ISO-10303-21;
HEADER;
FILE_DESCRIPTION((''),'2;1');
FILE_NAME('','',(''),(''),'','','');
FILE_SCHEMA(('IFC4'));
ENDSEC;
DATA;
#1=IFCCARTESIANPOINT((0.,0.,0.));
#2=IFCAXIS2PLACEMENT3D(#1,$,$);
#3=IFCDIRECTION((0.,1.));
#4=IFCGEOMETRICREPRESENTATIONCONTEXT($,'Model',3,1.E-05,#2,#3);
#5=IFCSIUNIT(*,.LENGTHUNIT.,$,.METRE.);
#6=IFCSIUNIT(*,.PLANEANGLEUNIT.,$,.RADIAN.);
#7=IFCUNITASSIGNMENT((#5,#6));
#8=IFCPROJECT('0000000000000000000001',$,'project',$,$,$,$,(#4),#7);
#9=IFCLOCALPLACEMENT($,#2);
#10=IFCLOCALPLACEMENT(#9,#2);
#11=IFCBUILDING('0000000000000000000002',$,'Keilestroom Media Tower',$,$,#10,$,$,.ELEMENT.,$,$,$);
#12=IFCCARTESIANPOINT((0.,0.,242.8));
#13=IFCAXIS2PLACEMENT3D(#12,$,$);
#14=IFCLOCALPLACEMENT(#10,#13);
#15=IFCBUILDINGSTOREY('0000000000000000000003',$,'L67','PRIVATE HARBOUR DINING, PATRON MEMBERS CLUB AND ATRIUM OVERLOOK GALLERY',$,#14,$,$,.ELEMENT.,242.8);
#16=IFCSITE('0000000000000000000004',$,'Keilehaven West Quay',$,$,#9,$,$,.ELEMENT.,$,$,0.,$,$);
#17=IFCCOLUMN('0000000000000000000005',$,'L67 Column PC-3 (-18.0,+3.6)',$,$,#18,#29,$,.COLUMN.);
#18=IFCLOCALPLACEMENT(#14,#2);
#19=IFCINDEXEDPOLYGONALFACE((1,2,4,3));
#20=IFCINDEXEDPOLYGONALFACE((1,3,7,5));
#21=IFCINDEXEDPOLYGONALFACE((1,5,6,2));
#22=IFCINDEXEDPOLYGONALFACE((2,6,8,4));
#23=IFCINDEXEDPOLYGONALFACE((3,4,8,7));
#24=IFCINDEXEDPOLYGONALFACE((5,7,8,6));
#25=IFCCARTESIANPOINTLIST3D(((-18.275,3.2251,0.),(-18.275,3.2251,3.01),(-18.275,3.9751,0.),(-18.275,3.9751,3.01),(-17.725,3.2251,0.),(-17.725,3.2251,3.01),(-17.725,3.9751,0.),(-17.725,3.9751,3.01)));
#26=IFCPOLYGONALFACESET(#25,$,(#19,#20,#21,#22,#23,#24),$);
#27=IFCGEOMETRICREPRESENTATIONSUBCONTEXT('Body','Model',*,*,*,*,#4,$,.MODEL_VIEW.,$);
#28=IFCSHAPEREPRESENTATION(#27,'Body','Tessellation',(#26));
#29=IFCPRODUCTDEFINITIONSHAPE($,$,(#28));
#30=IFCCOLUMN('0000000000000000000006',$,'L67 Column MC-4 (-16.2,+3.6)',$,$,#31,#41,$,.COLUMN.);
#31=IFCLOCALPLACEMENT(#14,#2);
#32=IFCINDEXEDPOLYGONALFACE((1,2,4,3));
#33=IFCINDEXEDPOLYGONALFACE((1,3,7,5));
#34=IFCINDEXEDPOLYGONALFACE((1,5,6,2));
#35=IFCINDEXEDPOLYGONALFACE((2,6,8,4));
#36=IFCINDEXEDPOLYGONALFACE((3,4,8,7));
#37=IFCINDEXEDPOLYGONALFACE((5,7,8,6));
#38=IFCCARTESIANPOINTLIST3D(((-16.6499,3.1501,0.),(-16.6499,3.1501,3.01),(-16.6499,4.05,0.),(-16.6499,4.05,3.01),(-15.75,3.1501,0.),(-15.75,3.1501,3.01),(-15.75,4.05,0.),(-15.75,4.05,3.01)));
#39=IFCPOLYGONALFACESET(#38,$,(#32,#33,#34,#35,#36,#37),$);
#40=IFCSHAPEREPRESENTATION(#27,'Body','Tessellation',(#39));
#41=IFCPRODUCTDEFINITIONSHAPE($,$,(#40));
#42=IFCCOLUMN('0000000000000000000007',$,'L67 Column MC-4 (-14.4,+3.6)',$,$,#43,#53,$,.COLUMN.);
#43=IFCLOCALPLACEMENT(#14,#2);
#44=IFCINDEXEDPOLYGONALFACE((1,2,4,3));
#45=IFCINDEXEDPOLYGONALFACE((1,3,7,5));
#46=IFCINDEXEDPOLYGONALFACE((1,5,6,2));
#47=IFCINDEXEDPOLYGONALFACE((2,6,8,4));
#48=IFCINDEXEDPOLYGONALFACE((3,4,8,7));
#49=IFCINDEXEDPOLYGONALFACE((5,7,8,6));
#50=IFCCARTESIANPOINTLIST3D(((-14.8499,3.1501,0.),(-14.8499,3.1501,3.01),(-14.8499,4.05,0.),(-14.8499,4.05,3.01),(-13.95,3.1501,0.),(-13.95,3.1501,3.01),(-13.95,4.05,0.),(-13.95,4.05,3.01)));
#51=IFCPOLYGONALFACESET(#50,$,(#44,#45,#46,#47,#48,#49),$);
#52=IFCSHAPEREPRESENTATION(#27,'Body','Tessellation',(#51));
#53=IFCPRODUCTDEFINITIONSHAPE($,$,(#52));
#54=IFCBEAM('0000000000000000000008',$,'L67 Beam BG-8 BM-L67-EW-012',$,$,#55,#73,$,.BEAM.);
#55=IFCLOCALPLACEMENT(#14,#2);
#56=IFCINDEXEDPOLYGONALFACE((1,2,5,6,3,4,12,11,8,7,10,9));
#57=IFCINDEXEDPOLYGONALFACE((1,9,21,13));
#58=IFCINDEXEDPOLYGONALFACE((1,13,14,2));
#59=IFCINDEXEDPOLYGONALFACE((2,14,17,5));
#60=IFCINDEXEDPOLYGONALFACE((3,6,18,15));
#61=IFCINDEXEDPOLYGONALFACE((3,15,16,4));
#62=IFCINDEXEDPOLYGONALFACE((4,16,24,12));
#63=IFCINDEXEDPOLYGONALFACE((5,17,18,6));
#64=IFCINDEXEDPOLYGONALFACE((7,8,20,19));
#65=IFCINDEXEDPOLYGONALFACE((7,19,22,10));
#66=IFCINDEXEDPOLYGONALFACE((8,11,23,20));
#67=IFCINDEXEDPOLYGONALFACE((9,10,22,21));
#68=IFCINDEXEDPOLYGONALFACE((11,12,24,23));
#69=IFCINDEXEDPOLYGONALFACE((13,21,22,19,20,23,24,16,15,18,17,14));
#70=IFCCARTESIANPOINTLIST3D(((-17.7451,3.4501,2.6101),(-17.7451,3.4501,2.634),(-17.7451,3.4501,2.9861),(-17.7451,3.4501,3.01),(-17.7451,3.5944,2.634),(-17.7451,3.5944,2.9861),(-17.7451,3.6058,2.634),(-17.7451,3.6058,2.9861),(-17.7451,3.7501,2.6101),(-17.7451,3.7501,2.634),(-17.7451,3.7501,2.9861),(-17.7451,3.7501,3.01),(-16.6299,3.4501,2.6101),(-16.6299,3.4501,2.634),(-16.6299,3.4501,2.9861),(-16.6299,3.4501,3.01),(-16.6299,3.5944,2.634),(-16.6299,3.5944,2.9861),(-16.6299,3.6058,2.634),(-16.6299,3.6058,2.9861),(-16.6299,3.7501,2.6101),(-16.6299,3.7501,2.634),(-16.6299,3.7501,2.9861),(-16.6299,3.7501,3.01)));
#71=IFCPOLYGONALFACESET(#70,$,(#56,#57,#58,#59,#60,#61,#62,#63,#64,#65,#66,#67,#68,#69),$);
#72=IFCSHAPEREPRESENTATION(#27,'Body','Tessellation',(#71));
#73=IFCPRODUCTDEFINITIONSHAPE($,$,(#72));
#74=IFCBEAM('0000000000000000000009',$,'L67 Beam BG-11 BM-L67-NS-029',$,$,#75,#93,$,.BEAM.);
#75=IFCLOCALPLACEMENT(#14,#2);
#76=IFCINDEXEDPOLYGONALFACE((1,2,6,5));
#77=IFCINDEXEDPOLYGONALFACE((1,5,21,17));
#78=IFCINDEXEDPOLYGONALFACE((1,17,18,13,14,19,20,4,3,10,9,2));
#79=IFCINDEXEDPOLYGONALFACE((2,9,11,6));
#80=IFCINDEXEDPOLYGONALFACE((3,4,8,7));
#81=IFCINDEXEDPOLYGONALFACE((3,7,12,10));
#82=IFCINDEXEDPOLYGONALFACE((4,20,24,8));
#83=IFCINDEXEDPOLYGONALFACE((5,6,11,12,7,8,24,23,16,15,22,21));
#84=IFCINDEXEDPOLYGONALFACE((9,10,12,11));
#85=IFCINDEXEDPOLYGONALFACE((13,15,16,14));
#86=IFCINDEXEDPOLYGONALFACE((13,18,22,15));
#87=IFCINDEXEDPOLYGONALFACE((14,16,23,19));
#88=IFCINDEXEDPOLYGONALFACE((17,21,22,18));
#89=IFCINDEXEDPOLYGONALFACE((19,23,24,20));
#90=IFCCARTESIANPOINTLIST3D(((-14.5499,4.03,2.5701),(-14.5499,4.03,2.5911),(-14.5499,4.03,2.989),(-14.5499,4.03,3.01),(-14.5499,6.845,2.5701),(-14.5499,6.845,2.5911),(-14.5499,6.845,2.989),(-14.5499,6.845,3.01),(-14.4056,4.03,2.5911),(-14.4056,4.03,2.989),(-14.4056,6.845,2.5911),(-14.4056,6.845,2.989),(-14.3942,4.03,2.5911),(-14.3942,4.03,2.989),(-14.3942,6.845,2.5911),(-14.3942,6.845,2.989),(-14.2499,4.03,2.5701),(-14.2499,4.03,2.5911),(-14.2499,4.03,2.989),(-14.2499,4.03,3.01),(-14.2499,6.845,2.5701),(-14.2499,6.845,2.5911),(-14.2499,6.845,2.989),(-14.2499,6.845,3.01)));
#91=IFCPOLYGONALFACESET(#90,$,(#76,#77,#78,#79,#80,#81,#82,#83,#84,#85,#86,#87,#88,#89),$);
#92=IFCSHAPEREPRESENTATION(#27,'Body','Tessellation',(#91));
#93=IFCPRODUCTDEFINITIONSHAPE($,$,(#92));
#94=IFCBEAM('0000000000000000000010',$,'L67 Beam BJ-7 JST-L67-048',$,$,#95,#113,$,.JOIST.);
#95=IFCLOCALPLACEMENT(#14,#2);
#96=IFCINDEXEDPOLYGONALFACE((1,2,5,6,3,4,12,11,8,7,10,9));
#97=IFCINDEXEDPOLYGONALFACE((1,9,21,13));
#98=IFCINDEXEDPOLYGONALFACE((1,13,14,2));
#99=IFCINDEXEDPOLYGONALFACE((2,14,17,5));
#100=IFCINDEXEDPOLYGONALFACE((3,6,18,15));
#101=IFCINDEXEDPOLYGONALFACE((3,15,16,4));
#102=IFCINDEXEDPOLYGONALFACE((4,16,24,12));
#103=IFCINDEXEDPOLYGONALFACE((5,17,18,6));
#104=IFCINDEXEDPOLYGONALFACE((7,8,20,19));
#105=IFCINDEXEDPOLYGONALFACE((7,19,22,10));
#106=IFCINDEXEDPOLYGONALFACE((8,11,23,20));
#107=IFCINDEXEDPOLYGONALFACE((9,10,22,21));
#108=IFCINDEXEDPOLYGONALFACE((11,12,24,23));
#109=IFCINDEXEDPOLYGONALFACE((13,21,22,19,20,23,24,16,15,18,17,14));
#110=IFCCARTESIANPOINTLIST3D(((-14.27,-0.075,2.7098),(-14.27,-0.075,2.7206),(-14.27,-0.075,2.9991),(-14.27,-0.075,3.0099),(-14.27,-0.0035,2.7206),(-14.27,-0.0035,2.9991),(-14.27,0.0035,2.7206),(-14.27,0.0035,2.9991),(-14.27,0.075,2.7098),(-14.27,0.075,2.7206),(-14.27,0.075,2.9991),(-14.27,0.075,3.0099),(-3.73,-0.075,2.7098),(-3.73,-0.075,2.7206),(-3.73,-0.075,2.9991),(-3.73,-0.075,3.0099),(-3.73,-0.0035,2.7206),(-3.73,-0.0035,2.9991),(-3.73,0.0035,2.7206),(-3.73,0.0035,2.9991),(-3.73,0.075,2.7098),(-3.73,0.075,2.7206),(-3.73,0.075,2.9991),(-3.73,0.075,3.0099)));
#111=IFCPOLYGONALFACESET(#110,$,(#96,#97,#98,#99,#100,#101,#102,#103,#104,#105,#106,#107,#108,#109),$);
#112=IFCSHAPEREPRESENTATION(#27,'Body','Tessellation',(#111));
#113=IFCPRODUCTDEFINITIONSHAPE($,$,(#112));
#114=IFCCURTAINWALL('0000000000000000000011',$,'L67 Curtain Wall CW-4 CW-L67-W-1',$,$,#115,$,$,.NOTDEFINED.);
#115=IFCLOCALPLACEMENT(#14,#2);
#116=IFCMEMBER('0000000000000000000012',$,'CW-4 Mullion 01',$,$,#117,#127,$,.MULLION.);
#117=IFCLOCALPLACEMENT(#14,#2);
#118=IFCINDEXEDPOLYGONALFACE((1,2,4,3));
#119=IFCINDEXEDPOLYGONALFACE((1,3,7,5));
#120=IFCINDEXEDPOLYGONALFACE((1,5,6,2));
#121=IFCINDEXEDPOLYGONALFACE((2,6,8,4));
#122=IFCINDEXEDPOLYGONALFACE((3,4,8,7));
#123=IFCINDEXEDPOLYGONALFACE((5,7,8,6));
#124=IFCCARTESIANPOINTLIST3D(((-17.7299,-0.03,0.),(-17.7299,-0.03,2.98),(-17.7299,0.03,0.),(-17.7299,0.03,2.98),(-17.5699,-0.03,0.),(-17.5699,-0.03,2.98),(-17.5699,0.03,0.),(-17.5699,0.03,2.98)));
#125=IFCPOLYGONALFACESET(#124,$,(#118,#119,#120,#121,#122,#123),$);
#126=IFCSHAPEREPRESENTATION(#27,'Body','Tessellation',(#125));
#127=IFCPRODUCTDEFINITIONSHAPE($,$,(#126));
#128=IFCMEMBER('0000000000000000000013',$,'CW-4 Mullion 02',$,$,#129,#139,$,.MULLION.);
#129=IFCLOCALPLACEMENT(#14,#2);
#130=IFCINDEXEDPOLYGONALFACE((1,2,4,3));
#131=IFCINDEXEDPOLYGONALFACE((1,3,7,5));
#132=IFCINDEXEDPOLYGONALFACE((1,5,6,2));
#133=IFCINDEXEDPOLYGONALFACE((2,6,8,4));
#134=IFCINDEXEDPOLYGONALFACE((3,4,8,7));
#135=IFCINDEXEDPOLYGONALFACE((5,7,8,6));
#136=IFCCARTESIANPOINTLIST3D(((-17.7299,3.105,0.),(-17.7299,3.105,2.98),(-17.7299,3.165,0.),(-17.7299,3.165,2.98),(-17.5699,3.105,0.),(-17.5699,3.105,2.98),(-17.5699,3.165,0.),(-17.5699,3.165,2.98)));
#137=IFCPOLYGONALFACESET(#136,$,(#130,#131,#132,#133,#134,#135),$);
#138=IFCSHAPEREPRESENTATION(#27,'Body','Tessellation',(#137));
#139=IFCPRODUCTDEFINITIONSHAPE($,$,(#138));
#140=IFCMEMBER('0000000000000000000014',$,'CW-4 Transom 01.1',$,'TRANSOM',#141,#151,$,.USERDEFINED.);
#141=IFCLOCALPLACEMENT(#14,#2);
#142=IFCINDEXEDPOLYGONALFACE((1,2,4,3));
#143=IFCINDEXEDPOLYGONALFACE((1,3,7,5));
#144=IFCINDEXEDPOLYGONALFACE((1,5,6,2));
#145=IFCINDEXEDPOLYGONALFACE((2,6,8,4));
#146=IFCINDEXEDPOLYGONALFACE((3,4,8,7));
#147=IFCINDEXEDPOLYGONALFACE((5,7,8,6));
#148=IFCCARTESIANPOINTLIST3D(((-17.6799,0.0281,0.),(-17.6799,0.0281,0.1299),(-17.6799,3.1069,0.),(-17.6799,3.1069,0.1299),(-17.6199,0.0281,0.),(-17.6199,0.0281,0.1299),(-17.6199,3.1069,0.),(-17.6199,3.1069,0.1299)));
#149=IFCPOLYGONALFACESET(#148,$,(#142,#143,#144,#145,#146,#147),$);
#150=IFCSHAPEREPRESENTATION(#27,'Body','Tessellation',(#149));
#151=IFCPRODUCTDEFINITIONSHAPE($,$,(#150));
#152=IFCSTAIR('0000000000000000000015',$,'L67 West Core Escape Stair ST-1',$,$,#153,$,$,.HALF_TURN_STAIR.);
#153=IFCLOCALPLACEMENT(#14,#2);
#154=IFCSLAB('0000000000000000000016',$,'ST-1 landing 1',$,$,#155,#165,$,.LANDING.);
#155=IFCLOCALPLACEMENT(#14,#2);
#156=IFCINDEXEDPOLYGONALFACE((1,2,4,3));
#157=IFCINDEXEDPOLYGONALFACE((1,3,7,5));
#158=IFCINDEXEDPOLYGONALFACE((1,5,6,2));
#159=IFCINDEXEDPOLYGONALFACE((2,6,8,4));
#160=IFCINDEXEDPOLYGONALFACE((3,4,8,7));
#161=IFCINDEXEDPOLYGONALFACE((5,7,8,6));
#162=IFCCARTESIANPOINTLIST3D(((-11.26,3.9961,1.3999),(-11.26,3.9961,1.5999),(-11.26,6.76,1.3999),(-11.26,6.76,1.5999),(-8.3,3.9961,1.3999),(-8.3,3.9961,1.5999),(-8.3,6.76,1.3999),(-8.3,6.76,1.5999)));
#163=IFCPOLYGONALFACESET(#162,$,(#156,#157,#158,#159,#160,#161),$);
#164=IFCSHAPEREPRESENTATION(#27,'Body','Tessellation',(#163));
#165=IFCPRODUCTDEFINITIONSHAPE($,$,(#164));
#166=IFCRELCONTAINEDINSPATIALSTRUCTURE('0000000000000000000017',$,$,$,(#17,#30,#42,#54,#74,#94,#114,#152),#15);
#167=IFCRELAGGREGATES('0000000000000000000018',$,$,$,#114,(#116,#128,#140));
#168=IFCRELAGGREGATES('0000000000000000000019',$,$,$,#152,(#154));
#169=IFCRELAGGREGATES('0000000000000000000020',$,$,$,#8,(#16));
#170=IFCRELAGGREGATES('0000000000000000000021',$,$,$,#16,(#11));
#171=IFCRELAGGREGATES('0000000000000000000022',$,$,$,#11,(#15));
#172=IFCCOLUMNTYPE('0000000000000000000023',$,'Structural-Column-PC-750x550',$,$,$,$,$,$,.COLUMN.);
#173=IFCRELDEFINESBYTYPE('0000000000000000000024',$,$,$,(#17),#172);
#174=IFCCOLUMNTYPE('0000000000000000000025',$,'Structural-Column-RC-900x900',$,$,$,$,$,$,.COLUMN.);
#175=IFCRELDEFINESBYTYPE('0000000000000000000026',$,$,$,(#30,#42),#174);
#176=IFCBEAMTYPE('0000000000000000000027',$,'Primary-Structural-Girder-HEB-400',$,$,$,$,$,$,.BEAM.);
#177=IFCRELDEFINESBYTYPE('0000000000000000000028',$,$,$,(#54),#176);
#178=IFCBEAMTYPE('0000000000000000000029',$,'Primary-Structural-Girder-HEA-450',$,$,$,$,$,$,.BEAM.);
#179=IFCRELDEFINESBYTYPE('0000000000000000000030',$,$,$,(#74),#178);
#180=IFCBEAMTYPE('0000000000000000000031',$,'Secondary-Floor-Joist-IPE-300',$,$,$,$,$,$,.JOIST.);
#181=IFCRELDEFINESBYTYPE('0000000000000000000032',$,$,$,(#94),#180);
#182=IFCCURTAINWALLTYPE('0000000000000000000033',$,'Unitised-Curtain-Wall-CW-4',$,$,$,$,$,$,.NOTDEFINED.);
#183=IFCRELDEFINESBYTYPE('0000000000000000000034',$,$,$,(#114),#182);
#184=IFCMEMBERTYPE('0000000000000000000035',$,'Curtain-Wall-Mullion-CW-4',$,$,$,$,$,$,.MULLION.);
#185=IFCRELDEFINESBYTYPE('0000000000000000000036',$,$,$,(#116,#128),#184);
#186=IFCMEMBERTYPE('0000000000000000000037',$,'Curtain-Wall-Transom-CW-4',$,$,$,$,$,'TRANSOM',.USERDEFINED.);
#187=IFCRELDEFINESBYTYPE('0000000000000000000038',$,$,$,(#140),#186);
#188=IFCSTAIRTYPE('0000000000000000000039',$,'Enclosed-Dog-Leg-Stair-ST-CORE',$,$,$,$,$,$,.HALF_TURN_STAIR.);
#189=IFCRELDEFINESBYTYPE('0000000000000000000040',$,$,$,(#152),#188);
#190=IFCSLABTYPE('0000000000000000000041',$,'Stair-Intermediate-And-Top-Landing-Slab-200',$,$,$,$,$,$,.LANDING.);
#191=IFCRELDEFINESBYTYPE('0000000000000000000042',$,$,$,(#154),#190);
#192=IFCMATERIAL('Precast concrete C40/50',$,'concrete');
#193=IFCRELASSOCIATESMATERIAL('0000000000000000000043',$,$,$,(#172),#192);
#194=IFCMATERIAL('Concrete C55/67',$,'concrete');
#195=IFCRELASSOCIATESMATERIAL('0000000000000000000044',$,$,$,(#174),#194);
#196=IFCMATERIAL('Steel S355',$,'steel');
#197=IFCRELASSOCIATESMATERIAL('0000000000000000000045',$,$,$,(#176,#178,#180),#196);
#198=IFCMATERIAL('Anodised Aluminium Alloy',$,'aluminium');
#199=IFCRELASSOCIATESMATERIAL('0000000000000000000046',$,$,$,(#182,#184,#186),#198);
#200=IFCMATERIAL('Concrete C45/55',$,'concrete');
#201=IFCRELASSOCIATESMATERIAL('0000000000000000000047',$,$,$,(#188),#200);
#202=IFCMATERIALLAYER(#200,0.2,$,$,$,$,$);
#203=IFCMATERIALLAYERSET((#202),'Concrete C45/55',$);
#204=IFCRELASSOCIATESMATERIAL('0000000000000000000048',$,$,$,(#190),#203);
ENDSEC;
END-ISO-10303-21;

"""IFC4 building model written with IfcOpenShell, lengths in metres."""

from ifc_helpers import new_model, si_unit, direction, frame, origin, origin_2d, place, context, subcontext, project, spatial, polyline, rectangle, i_section, outline, extrude, source, transform, mapped, material, layer, layer_set, material_profile, profile_set, type_object, element, aggregate, save


model = new_model("IFC4")

# Units and contexts
model_context = context("Model", 3, precision=1e-05, world=origin(), true_north=direction((0.0, 1.0)))
body_context = subcontext(model_context, "Body", "Model", "MODEL_VIEW")
ifc_project = project(units=[si_unit("LENGTHUNIT", "METRE"), si_unit("PLANEANGLEUNIT", "RADIAN")], contexts=[model_context])

# Site, building, storey
site_placement = place(None, origin())
site = spatial("IfcSite", under=ifc_project, at=site_placement, Name="Keilehaven West Quay", CompositionType="ELEMENT", RefElevation=0.0)
building_placement = place(site_placement, origin())
building = spatial("IfcBuilding", under=site, at=building_placement, Name="Keilestroom Media Tower", CompositionType="ELEMENT")
storey_placement = place(building_placement, frame((0.0, 0.0, 242.8)))
storey = spatial("IfcBuildingStorey", under=building, at=storey_placement, Name="L67", Description="PRIVATE HARBOUR DINING, PATRON MEMBERS CLUB AND ATRIUM OVERLOOK GALLERY", CompositionType="ELEMENT", Elevation=242.8)

# Columns
ifc_material_1 = material(Name="Precast concrete C40/50", Category="concrete")
ifc_material_profile_1 = material_profile(ifc_material_1, rectangle(XDim=0.55, YDim=0.75, at=origin_2d()), Name="PC 750x550")
ifc_profile_set_1 = profile_set([ifc_material_profile_1], Name="Precast concrete C40/50")
column_type_1 = type_object("IfcColumnType", Name="Structural-Column-PC-750x550", PredefinedType="COLUMN", material=ifc_profile_set_1)
shared_shape_1 = source(origin(), body_context, "Body", "SweptSolid", [
    extrude(rectangle(XDim=0.55, YDim=0.75, at=origin_2d()), origin(), (0.0, 0.0, 1.0), 3.01),
])
column_placement = place(storey_placement, frame((-18.0, 3.6001, 0.0), z_axis=(0.0, 0.0, 1.0), x_axis=(1.0, 0.0, 0.0)))
element("IfcColumn", 1, at=column_placement, inside=storey, type_object=column_type_1, Name="L67 Column PC-3 (-18.0,+3.6)", PredefinedType="COLUMN", context=body_context, shape_type="MappedRepresentation", body=[
    mapped(shared_shape_1, transform((0.0, 0.0, 0.0), x_axis=(1.0, 0.0, 0.0), y_axis=(0.0, 1.0, 0.0), z_axis=(0.0, 0.0, 1.0), scale=1.0)),
])
ifc_material_2 = material(Name="Concrete C55/67", Category="concrete")
ifc_material_profile_2 = material_profile(ifc_material_2, rectangle(XDim=0.8999, YDim=0.8999, at=origin_2d()), Name="RC 900x900")
ifc_profile_set_2 = profile_set([ifc_material_profile_2], Name="Concrete C55/67")
column_type_2 = type_object("IfcColumnType", Name="Structural-Column-RC-900x900", PredefinedType="COLUMN", material=ifc_profile_set_2)
shared_shape_2 = source(origin(), body_context, "Body", "SweptSolid", [
    extrude(rectangle(XDim=0.8999, YDim=0.8999, at=origin_2d()), origin(), (0.0, 0.0, 1.0), 3.01),
])
for number, where, z_axis, x_axis, name in (
    (2, (-16.2, 3.6001, 0.0), (0.0, 0.0, 1.0), (1.0, 0.0, 0.0), "L67 Column MC-4 (-16.2,+3.6)"),
    (3, (-14.3999, 3.6001, 0.0), (0.0, 0.0, 1.0), (1.0, 0.0, 0.0), "L67 Column MC-4 (-14.4,+3.6)"),
):
    element("IfcColumn", number, at=place(storey_placement, frame(where, z_axis=z_axis, x_axis=x_axis)), inside=storey, type_object=column_type_2, Name=name, PredefinedType="COLUMN", context=body_context, shape_type="MappedRepresentation", body=[
        mapped(shared_shape_2, transform((0.0, 0.0, 0.0), x_axis=(1.0, 0.0, 0.0), y_axis=(0.0, 1.0, 0.0), z_axis=(0.0, 0.0, 1.0), scale=1.0)),
    ])

# Beams
ifc_material_3 = material(Name="Steel S355", Category="steel")
ifc_material_profile_3 = material_profile(ifc_material_3, i_section(OverallWidth=0.3, OverallDepth=0.3999, WebThickness=0.0115, FlangeThickness=0.0239, at=origin_2d()), Name="HEB 400")
ifc_profile_set_3 = profile_set([ifc_material_profile_3], Name="Steel S355")
beam_type_1 = type_object("IfcBeamType", Name="Primary-Structural-Girder-HEB-400", PredefinedType="BEAM", material=ifc_profile_set_3)
shared_shape_3 = source(origin(), body_context, "Body", "SweptSolid", [
    extrude(i_section(OverallWidth=0.3, OverallDepth=0.3999, WebThickness=0.0115, FlangeThickness=0.0239, at=origin_2d()), origin(), (0.0, 0.0, 1.0), 1.1152),
])
beam_1_placement = place(storey_placement, frame((-17.7451, 3.6001, 2.8101), z_axis=(1.0, 0.0, 0.0), x_axis=(0.0, 1.0, 0.0)))
element("IfcBeam", 4, at=beam_1_placement, inside=storey, type_object=beam_type_1, Name="L67 Beam BG-8 BM-L67-EW-012", PredefinedType="BEAM", context=body_context, shape_type="MappedRepresentation", body=[
    mapped(shared_shape_3, transform((0.0, 0.0, 0.0), x_axis=(1.0, 0.0, 0.0), y_axis=(0.0, 1.0, 0.0), z_axis=(0.0, 0.0, 1.0), scale=1.0)),
])
ifc_material_profile_4 = material_profile(ifc_material_3, i_section(OverallWidth=0.3, OverallDepth=0.4399, WebThickness=0.0115, FlangeThickness=0.021, at=origin_2d()), Name="HEA 450")
ifc_profile_set_4 = profile_set([ifc_material_profile_4], Name="Steel S355")
beam_type_2 = type_object("IfcBeamType", Name="Primary-Structural-Girder-HEA-450", PredefinedType="BEAM", material=ifc_profile_set_4)
shared_shape_4 = source(origin(), body_context, "Body", "SweptSolid", [
    extrude(i_section(OverallWidth=0.3, OverallDepth=0.4399, WebThickness=0.0115, FlangeThickness=0.021, at=origin_2d()), origin(), (0.0, 0.0, 1.0), 2.8149),
])
beam_2_placement = place(storey_placement, frame((-14.3999, 4.03, 2.79), z_axis=(0.0, 1.0, 0.0), x_axis=(-1.0, 0.0, 0.0)))
element("IfcBeam", 5, at=beam_2_placement, inside=storey, type_object=beam_type_2, Name="L67 Beam BG-11 BM-L67-NS-029", PredefinedType="BEAM", context=body_context, shape_type="MappedRepresentation", body=[
    mapped(shared_shape_4, transform((0.0, 0.0, 0.0), x_axis=(1.0, 0.0, 0.0), y_axis=(0.0, 1.0, 0.0), z_axis=(0.0, 0.0, 1.0), scale=1.0)),
])
ifc_material_profile_5 = material_profile(ifc_material_3, i_section(OverallWidth=0.1499, OverallDepth=0.3, WebThickness=0.0071, FlangeThickness=0.0107, at=origin_2d()), Name="IPE 300")
ifc_profile_set_5 = profile_set([ifc_material_profile_5], Name="Steel S355")
beam_type_3 = type_object("IfcBeamType", Name="Secondary-Floor-Joist-IPE-300", PredefinedType="JOIST", material=ifc_profile_set_5)
shared_shape_5 = source(origin(), body_context, "Body", "SweptSolid", [
    extrude(i_section(OverallWidth=0.1499, OverallDepth=0.3, WebThickness=0.0071, FlangeThickness=0.0107, at=origin_2d()), origin(), (0.0, 0.0, 1.0), 10.54),
])
beam_3_placement = place(storey_placement, frame((-14.27, 0.0, 2.8599), z_axis=(1.0, 0.0, 0.0), x_axis=(0.0, 1.0, 0.0)))
element("IfcBeam", 6, at=beam_3_placement, inside=storey, type_object=beam_type_3, Name="L67 Beam BJ-7 JST-L67-048", PredefinedType="JOIST", context=body_context, shape_type="MappedRepresentation", body=[
    mapped(shared_shape_5, transform((0.0, 0.0, 0.0), x_axis=(1.0, 0.0, 0.0), y_axis=(0.0, 1.0, 0.0), z_axis=(0.0, 0.0, 1.0), scale=1.0)),
])

# Curtain wall, members
ifc_material_4 = material(Name="Anodised Aluminium Alloy", Category="aluminium")
curtain_wall_type = type_object("IfcCurtainWallType", Name="Unitised-Curtain-Wall-CW-4", PredefinedType="NOTDEFINED", material=ifc_material_4)
curtain_wall_placement = place(storey_placement, origin())
curtain_wall = element("IfcCurtainWall", 7, at=curtain_wall_placement, inside=storey, type_object=curtain_wall_type, Name="L67 Curtain Wall CW-4 CW-L67-W-1", PredefinedType="NOTDEFINED")
ifc_material_profile_6 = material_profile(ifc_material_4, rectangle(XDim=0.0601, YDim=0.1599, at=origin_2d()), Name="ALU MULLION 60x160")
ifc_profile_set_6 = profile_set([ifc_material_profile_6], Name="Anodised Aluminium Alloy")
member_type_1 = type_object("IfcMemberType", Name="Curtain-Wall-Mullion-CW-4", PredefinedType="MULLION", material=ifc_profile_set_6)
shared_shape_6 = source(origin(), body_context, "Body", "SweptSolid", [
    extrude(rectangle(XDim=0.0601, YDim=0.1599, at=origin_2d()), origin(), (0.0, 0.0, 1.0), 2.98),
])
member_1_placement = place(storey_placement, frame((-17.6499, 0.0, 0.0), z_axis=(0.0, 0.0, 1.0), x_axis=(0.0, 1.0, 0.0)))
member_1 = element("IfcMember", 8, at=member_1_placement, type_object=member_type_1, Name="CW-4 Mullion 01", PredefinedType="MULLION", context=body_context, shape_type="MappedRepresentation", body=[
    mapped(shared_shape_6, transform((0.0, 0.0, 0.0), x_axis=(1.0, 0.0, 0.0), y_axis=(0.0, 1.0, 0.0), z_axis=(0.0, 0.0, 1.0), scale=1.0)),
])
member_2_placement = place(storey_placement, frame((-17.6499, 3.135, 0.0), z_axis=(0.0, 0.0, 1.0), x_axis=(0.0, 1.0, 0.0)))
member_2 = element("IfcMember", 9, at=member_2_placement, type_object=member_type_1, Name="CW-4 Mullion 02", PredefinedType="MULLION", context=body_context, shape_type="MappedRepresentation", body=[
    mapped(shared_shape_6, transform((0.0, 0.0, 0.0), x_axis=(1.0, 0.0, 0.0), y_axis=(0.0, 1.0, 0.0), z_axis=(0.0, 0.0, 1.0), scale=1.0)),
])
ifc_material_profile_7 = material_profile(ifc_material_4, rectangle(XDim=0.0601, YDim=0.1299, at=origin_2d()), Name="ALU TRANSOM 60x130")
ifc_profile_set_7 = profile_set([ifc_material_profile_7], Name="Anodised Aluminium Alloy")
member_type_2 = type_object("IfcMemberType", Name="Curtain-Wall-Transom-CW-4", ElementType="TRANSOM", PredefinedType="USERDEFINED", material=ifc_profile_set_7)
shared_shape_7 = source(origin(), body_context, "Body", "SweptSolid", [
    extrude(rectangle(XDim=0.0601, YDim=0.1299, at=origin_2d()), origin(), (0.0, 0.0, 1.0), 3.0789),
])
member_3_placement = place(storey_placement, frame((-17.6499, 0.0281, 0.0649), z_axis=(0.0, 1.0, 0.0), x_axis=(-1.0, 0.0, 0.0)))
member_3 = element("IfcMember", 10, at=member_3_placement, type_object=member_type_2, Name="CW-4 Transom 01.1", ObjectType="TRANSOM", PredefinedType="USERDEFINED", context=body_context, shape_type="MappedRepresentation", body=[
    mapped(shared_shape_7, transform((0.0, 0.0, 0.0), x_axis=(1.0, 0.0, 0.0), y_axis=(0.0, 1.0, 0.0), z_axis=(0.0, 0.0, 1.0), scale=1.0)),
])

# Stair, slab
ifc_material_5 = material(Name="Concrete C45/55", Category="concrete")
stair_type = type_object("IfcStairType", Name="Enclosed-Dog-Leg-Stair-ST-CORE", PredefinedType="HALF_TURN_STAIR", material=ifc_material_5)
stair_placement = place(storey_placement, origin())
stair = element("IfcStair", 11, at=stair_placement, inside=storey, type_object=stair_type, Name="L67 West Core Escape Stair ST-1", PredefinedType="HALF_TURN_STAIR")
ifc_layer_1 = layer(ifc_material_5, 0.2)
ifc_layer_set_1 = layer_set([ifc_layer_1], Name="Concrete C45/55")
slab_type = type_object("IfcSlabType", Name="Stair-Intermediate-And-Top-Landing-Slab-200", PredefinedType="LANDING", material=ifc_layer_set_1)
slab_placement = place(storey_placement, frame((0.0, 0.0, 1.3999)))
slab = element("IfcSlab", 12, at=slab_placement, type_object=slab_type, Name="ST-1 landing 1", PredefinedType="LANDING", context=body_context, shape_type="SweptSolid", body=[
    extrude(outline(polyline([(-8.3, 3.9961), (-8.3, 6.76), (-11.26, 6.76), (-11.26, 3.9961), (-8.3, 3.9961)])), origin(), (0.0, 0.0, 1.0), 0.2),
])

aggregate(curtain_wall, [member_1, member_2, member_3])

aggregate(stair, [slab])

save(model, "model.ifc")
